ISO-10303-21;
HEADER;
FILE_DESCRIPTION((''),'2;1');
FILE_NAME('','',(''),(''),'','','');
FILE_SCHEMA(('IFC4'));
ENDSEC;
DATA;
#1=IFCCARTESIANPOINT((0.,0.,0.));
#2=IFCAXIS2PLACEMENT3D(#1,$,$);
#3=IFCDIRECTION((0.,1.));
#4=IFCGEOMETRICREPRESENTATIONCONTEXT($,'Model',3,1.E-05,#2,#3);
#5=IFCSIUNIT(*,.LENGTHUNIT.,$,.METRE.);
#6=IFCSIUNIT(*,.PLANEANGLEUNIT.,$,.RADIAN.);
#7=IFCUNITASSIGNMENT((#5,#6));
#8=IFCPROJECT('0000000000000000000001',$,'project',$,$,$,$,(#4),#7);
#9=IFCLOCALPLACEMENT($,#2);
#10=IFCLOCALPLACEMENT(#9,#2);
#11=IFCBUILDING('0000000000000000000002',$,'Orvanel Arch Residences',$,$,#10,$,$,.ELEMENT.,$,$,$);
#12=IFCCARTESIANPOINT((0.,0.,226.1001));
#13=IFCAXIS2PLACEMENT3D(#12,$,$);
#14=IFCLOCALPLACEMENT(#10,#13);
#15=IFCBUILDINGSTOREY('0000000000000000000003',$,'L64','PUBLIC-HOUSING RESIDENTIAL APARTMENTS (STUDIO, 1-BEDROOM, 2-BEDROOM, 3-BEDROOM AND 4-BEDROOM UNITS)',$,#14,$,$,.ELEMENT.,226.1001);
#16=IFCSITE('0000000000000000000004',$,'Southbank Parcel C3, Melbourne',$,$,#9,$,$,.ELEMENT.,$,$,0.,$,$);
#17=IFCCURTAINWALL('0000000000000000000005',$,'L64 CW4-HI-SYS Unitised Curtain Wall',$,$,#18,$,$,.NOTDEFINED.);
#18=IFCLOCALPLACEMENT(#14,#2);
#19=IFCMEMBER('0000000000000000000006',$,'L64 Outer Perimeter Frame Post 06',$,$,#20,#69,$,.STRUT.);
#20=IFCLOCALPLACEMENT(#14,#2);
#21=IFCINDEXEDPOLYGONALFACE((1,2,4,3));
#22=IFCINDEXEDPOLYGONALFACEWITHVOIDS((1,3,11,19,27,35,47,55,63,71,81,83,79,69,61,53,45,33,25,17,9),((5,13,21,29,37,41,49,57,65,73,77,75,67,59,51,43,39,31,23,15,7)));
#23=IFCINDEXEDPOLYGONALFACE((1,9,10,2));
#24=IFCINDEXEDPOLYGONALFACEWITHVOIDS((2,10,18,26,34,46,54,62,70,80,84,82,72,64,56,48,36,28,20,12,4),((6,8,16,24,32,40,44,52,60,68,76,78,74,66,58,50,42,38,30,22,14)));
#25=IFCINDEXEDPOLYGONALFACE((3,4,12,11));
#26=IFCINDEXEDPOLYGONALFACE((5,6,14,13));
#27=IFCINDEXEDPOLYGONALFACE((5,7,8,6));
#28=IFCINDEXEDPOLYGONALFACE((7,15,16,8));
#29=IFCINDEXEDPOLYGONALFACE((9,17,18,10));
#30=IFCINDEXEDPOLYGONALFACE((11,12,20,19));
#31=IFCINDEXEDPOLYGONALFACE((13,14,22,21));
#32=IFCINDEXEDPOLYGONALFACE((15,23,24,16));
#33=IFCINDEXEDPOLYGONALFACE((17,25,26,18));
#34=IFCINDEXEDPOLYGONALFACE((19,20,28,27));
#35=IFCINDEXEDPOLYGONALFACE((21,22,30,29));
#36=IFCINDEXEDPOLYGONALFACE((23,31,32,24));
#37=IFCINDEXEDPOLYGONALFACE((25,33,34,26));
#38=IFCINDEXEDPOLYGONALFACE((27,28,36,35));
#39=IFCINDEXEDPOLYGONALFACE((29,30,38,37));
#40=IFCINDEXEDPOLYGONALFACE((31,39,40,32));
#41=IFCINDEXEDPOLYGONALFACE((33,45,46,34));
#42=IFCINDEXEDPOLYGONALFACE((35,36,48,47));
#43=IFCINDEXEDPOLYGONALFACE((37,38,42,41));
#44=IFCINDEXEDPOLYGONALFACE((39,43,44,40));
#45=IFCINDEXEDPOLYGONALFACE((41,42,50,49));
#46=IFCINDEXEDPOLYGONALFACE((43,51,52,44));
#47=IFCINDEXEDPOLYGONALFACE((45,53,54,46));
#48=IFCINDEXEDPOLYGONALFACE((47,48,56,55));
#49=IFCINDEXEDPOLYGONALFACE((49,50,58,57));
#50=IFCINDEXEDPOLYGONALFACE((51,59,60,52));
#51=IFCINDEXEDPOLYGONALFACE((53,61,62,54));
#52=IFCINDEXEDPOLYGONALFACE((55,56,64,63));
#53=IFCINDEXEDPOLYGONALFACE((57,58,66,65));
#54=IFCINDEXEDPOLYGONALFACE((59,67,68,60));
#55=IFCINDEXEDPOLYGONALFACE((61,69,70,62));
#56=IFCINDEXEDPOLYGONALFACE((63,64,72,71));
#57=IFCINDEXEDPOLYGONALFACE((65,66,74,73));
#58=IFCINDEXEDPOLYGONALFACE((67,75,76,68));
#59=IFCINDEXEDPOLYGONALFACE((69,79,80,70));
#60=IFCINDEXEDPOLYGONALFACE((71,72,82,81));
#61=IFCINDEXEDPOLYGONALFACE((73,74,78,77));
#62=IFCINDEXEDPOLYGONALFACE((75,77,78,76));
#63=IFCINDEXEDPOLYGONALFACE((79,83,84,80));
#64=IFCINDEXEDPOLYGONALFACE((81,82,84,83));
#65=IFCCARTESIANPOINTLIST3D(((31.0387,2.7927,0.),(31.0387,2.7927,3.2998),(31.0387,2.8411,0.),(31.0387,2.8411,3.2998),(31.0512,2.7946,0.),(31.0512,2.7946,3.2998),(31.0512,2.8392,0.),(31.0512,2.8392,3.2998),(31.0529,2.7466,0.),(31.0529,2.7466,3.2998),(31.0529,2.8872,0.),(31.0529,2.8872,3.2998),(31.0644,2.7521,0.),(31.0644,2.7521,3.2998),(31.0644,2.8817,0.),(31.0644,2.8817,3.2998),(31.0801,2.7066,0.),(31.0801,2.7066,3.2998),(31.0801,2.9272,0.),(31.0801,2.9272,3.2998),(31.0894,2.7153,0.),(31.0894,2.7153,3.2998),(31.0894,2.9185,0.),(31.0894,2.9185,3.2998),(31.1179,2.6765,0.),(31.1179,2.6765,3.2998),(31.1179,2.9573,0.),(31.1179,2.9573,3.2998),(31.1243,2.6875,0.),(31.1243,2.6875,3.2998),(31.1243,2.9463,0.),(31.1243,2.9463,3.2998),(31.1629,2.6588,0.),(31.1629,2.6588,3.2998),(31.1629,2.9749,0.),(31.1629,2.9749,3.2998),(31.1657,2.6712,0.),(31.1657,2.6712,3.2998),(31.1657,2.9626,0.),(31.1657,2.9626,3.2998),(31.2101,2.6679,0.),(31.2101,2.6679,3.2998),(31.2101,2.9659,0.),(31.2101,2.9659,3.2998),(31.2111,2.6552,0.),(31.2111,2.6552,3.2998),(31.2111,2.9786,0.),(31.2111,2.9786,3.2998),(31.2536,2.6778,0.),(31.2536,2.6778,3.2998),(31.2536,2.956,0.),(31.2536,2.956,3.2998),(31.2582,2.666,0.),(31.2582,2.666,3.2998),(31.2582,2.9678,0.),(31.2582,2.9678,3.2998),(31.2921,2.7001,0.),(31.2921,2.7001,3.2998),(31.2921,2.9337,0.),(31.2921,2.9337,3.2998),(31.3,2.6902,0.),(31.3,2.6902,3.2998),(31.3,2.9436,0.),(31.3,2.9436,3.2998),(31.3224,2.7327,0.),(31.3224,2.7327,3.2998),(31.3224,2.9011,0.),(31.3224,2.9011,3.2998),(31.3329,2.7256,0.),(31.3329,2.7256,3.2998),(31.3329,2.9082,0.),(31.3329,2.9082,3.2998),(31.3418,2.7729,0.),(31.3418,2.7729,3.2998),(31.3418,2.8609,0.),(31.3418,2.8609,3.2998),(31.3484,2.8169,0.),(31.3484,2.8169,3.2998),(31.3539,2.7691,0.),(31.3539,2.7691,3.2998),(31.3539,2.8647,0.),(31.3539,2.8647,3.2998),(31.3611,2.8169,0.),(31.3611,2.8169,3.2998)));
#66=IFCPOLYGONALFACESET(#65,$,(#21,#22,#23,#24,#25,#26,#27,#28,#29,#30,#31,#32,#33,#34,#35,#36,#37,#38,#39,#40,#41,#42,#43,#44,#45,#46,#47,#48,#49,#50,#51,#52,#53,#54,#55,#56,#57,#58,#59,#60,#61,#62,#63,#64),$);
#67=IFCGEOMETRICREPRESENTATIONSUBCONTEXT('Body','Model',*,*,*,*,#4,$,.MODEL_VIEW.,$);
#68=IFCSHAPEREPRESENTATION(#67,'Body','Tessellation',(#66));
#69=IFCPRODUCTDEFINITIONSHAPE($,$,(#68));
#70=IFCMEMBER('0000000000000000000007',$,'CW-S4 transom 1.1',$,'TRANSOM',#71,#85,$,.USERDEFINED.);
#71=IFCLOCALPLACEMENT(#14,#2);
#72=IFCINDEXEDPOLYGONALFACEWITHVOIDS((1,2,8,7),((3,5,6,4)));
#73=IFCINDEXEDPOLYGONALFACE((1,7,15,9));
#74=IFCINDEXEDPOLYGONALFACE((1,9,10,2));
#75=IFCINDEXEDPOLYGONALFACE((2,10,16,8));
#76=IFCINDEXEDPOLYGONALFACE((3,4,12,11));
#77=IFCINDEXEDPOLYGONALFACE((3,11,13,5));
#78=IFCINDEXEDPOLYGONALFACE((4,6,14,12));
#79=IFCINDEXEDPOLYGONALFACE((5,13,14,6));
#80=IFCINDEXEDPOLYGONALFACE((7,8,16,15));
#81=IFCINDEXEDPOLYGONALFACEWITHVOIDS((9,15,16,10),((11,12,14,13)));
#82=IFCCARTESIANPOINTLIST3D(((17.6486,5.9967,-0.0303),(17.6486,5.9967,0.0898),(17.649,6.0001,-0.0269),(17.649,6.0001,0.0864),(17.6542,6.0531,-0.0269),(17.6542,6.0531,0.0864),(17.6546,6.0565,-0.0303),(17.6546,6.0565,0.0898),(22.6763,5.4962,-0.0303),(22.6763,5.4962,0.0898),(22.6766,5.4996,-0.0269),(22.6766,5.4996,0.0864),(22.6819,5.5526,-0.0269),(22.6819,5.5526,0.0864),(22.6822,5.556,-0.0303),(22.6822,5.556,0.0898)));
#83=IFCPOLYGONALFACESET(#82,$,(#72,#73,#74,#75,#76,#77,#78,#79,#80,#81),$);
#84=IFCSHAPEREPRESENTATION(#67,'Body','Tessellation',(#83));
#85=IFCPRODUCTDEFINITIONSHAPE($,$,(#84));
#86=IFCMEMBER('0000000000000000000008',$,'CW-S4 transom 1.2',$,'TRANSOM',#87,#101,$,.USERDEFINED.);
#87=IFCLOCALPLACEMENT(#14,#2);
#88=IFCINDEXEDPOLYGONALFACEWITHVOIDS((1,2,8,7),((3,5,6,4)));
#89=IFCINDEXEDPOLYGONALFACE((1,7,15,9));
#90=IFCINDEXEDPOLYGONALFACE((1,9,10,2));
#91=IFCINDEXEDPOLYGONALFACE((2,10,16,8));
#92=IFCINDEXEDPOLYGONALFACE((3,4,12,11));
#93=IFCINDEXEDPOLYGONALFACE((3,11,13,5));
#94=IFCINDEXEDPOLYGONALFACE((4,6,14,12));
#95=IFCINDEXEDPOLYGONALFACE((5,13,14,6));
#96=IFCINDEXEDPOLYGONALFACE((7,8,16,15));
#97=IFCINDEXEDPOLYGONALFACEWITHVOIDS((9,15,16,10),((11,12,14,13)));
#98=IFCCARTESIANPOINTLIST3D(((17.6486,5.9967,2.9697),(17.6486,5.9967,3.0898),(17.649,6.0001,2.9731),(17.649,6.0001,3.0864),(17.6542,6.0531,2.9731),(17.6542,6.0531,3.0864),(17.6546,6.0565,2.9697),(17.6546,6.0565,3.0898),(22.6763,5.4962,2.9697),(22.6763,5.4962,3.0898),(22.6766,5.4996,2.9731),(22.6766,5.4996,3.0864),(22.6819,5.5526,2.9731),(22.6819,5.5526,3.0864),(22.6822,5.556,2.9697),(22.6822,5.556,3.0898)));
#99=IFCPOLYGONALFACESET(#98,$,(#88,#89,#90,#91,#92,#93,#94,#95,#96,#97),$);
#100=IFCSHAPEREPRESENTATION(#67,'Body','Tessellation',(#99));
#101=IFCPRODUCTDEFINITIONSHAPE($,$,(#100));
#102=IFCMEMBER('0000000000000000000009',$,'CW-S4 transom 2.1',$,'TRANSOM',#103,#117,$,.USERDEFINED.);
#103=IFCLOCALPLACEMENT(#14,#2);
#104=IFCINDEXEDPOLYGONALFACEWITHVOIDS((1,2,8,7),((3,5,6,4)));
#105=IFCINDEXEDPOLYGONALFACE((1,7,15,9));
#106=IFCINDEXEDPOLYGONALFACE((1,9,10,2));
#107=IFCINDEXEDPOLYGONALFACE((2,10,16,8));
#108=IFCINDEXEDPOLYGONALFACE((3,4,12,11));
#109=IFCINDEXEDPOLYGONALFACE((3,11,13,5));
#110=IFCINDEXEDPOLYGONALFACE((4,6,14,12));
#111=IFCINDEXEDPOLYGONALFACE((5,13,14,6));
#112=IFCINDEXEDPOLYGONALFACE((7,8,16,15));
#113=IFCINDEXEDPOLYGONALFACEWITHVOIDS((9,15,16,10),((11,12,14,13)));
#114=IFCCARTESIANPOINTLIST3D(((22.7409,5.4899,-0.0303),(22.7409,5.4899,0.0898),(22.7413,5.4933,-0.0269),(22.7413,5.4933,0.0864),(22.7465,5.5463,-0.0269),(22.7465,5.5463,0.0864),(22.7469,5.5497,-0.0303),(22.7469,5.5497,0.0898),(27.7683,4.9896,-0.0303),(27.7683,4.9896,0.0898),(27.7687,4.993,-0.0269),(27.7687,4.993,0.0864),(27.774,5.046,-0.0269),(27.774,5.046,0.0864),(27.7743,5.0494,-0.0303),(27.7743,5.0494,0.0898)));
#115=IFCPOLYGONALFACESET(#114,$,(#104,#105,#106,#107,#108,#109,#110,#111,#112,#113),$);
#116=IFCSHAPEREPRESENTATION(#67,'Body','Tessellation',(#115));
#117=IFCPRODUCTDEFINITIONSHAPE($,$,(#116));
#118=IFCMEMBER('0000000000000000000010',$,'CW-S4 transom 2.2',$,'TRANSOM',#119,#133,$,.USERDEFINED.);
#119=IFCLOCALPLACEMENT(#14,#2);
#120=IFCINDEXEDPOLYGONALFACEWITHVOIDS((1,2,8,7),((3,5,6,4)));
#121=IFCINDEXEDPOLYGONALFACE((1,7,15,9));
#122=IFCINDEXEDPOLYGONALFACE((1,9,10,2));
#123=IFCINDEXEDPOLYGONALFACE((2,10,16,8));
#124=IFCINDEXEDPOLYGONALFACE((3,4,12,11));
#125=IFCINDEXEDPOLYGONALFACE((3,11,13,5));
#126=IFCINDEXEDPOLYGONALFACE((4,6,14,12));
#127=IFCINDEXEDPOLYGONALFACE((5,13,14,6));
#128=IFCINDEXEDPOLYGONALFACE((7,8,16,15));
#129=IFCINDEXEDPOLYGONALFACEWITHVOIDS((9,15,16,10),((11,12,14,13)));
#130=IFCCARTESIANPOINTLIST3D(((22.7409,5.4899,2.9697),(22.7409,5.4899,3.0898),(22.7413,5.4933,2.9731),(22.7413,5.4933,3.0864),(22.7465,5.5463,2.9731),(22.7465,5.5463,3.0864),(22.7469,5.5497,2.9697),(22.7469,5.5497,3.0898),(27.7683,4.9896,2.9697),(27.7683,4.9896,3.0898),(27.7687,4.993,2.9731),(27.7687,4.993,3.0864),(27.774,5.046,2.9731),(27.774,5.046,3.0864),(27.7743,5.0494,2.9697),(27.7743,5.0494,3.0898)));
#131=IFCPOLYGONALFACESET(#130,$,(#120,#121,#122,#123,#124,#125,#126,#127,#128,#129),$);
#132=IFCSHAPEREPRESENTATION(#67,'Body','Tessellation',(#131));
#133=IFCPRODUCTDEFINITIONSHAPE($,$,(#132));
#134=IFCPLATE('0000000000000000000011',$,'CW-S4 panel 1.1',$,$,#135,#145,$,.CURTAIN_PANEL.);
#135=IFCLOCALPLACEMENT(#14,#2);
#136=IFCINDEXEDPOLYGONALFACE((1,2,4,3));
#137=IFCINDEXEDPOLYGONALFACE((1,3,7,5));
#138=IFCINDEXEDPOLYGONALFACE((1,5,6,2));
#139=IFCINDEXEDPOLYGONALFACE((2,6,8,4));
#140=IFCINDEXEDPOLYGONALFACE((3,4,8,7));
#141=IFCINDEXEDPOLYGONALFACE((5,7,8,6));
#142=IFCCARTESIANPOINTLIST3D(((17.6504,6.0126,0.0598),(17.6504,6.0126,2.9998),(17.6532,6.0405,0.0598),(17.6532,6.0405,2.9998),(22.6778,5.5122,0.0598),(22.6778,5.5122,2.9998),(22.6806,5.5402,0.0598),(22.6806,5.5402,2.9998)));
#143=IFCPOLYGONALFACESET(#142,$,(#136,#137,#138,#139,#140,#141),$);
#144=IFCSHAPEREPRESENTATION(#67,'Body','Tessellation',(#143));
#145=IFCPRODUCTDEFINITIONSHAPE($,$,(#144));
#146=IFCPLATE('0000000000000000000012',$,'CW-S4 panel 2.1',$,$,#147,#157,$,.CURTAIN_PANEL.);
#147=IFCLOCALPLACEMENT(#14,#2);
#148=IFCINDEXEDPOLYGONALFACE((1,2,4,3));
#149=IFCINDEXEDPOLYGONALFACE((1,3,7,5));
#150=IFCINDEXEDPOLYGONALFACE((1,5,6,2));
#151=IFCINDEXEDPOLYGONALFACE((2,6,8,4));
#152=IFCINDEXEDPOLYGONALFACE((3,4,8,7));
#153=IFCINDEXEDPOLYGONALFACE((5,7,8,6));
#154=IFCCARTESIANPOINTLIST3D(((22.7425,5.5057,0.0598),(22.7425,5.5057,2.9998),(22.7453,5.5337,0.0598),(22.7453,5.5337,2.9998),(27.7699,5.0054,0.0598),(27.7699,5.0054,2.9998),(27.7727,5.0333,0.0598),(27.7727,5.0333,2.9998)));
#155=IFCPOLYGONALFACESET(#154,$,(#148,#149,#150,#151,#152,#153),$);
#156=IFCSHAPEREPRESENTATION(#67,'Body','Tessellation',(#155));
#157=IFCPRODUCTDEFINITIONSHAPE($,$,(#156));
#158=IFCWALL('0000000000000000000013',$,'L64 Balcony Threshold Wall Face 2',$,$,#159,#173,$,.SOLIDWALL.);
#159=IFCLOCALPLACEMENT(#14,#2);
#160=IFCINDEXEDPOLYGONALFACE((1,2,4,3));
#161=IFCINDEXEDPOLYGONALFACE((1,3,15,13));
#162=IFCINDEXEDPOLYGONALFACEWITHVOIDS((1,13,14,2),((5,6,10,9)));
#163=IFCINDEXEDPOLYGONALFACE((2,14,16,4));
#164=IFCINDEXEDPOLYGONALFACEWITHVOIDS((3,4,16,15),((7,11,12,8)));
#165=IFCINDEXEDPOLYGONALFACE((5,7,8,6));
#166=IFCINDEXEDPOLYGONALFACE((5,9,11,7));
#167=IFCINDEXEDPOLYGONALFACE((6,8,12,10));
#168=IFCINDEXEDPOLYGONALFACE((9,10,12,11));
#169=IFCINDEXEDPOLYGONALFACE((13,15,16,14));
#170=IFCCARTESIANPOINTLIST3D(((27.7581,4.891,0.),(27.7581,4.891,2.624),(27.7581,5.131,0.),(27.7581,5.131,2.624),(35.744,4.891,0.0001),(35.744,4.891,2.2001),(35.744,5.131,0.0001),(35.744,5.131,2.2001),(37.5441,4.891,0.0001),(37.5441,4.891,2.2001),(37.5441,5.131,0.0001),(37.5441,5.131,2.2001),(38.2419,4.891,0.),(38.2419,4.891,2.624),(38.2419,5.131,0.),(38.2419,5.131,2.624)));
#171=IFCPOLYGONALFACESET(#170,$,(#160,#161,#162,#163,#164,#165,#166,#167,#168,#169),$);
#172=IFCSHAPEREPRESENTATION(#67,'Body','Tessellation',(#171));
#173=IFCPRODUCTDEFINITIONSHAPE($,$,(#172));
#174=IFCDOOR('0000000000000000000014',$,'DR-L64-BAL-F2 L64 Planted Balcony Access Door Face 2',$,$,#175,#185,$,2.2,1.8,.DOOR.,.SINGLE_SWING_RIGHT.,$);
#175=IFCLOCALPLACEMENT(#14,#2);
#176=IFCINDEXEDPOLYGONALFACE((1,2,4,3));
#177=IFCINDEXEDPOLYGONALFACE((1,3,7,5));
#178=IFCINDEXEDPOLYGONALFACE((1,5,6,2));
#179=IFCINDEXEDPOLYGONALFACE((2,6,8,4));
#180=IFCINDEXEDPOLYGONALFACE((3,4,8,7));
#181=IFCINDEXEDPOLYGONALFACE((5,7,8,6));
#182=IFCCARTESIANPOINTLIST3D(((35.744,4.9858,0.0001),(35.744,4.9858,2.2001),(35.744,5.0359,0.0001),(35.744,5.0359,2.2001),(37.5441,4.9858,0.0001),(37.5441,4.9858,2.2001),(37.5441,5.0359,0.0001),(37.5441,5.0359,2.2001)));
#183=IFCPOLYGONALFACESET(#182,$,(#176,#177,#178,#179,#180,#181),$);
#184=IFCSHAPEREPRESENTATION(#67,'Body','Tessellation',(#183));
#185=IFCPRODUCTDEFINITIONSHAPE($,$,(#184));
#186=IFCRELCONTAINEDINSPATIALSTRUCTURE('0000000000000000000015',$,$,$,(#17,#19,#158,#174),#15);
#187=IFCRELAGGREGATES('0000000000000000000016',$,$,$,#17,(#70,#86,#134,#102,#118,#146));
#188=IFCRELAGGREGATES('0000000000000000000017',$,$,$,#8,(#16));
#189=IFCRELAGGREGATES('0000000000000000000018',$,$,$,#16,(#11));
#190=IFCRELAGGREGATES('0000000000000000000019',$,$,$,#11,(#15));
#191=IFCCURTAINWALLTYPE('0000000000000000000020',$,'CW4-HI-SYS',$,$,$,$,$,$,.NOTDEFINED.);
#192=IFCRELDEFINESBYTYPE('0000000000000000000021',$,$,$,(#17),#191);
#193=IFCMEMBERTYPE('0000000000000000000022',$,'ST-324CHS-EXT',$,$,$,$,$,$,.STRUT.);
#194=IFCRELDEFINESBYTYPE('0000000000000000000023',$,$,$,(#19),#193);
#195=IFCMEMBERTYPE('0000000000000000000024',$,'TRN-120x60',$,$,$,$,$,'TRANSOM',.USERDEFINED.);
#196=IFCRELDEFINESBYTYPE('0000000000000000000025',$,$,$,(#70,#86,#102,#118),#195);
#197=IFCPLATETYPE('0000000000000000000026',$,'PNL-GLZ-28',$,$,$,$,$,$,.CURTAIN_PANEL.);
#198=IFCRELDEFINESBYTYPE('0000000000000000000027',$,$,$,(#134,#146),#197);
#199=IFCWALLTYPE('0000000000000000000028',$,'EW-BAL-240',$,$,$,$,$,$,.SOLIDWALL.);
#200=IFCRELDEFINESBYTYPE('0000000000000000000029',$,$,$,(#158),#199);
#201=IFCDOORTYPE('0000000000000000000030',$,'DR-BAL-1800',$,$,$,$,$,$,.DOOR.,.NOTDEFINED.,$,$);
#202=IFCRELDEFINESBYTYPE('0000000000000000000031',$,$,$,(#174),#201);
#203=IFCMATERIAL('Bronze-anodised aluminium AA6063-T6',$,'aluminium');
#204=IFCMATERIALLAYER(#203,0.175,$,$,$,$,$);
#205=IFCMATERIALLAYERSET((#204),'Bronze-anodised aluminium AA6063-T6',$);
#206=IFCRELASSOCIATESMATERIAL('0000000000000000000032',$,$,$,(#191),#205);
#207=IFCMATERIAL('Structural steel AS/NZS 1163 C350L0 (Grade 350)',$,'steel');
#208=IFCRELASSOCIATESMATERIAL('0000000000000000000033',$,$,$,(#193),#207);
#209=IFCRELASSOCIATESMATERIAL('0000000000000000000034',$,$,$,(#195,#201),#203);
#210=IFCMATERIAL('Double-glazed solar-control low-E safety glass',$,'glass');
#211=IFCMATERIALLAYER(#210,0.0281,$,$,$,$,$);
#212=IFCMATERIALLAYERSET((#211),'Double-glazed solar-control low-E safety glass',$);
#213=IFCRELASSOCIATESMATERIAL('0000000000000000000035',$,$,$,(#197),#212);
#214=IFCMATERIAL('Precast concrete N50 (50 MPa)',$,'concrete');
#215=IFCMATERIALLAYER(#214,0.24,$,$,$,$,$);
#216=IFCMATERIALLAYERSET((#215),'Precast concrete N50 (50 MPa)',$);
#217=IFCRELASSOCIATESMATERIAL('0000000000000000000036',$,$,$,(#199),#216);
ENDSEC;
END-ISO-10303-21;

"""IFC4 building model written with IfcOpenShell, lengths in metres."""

from ifc_helpers import new_model, si_unit, direction, frame, frame_2d, origin, origin_2d, place, context, subcontext, project, spatial, rectangle, hollow_rectangle, hollow_circle, extrude, material, layer, layer_set, material_profile, profile_set, type_object, element, fill, aggregate, save


model = new_model("IFC4")

# Units and contexts
model_context = context("Model", 3, precision=1e-05, world=origin(), true_north=direction((0.0, 1.0)))
body_context = subcontext(model_context, "Body", "Model", "MODEL_VIEW")
ifc_project = project(units=[si_unit("LENGTHUNIT", "METRE"), si_unit("PLANEANGLEUNIT", "RADIAN")], contexts=[model_context])

# Site, building, storey
site_placement = place(None, origin())
site = spatial("IfcSite", under=ifc_project, at=site_placement, Name="Southbank Parcel C3, Melbourne", CompositionType="ELEMENT", RefElevation=0.0)
building_placement = place(site_placement, origin())
building = spatial("IfcBuilding", under=site, at=building_placement, Name="Orvanel Arch Residences", CompositionType="ELEMENT")
storey_placement = place(building_placement, frame((0.0, 0.0, 226.1001)))
storey = spatial("IfcBuildingStorey", under=building, at=storey_placement, Name="L64", Description="PUBLIC-HOUSING RESIDENTIAL APARTMENTS (STUDIO, 1-BEDROOM, 2-BEDROOM, 3-BEDROOM AND 4-BEDROOM UNITS)", CompositionType="ELEMENT", Elevation=226.1001)

# Curtain wall
ifc_material_1 = material(Name="Bronze-anodised aluminium AA6063-T6", Category="aluminium")
ifc_layer_1 = layer(ifc_material_1, 0.175)
ifc_layer_set_1 = layer_set([ifc_layer_1], Name="Bronze-anodised aluminium AA6063-T6")
curtain_wall_type = type_object("IfcCurtainWallType", Name="CW4-HI-SYS", PredefinedType="NOTDEFINED", material=ifc_layer_set_1)
curtain_wall_placement = place(storey_placement, origin())
curtain_wall = element("IfcCurtainWall", 1, at=curtain_wall_placement, inside=storey, type_object=curtain_wall_type, Name="L64 CW4-HI-SYS Unitised Curtain Wall", PredefinedType="NOTDEFINED")

# Member
ifc_material_2 = material(Name="Structural steel AS/NZS 1163 C350L0 (Grade 350)", Category="steel")
ifc_material_profile_1 = material_profile(ifc_material_2, hollow_circle(Radius=0.1621, WallThickness=0.0127, at=origin_2d()), Name="CHS324x12.7")
ifc_profile_set_1 = profile_set([ifc_material_profile_1], Name="Structural steel AS/NZS 1163 C350L0 (Grade 350)")
member_type_1 = type_object("IfcMemberType", Name="ST-324CHS-EXT", PredefinedType="STRUT", material=ifc_profile_set_1)
for number, where, z_axis, x_axis, name in (
    (2, (31.199, 2.8169, 0.0), (0.0, 0.0, 1.0), (1.0, 0.0, 0.0), "L64 Outer Perimeter Frame Post 06"),
):
    element("IfcMember", number, at=place(storey_placement, frame(where, z_axis=z_axis, x_axis=x_axis)), inside=storey, type_object=member_type_1, Name=name, PredefinedType="STRUT", context=body_context, shape_type="SweptSolid", body=[
        extrude(hollow_circle(Radius=0.1621, WallThickness=0.0127, at=origin_2d()), origin(), (0.0, 0.0, 1.0), 3.2998),
    ])

# Members
ifc_material_profile_2 = material_profile(ifc_material_1, hollow_rectangle(XDim=0.0601, YDim=0.1201, WallThickness=0.0034, at=origin_2d()), Name="ALU120x60x3.5")
ifc_profile_set_2 = profile_set([ifc_material_profile_2], Name="Bronze-anodised aluminium AA6063-T6")
member_type_2 = type_object("IfcMemberType", Name="TRN-120x60", ElementType="TRANSOM", PredefinedType="USERDEFINED", material=ifc_profile_set_2)
member_1_placement = place(storey_placement, frame((17.6516, 6.0266, 0.0298), z_axis=(0.995082, -0.099059, 0.0), x_axis=(0.099059, 0.995082, 0.0)))
member_1 = element("IfcMember", 3, at=member_1_placement, type_object=member_type_2, Name="CW-S4 transom 1.1", ObjectType="TRANSOM", PredefinedType="USERDEFINED", context=body_context, shape_type="SweptSolid", body=[
    extrude(hollow_rectangle(XDim=0.0601, YDim=0.1201, WallThickness=0.0034, at=origin_2d()), origin(), (0.0, 0.0, 1.0), 5.0525),
])
member_2_placement = place(storey_placement, frame((17.6516, 6.0266, 3.0298), z_axis=(0.995082, -0.099059, 0.0), x_axis=(0.099059, 0.995082, 0.0)))
member_2 = element("IfcMember", 4, at=member_2_placement, type_object=member_type_2, Name="CW-S4 transom 1.2", ObjectType="TRANSOM", PredefinedType="USERDEFINED", context=body_context, shape_type="SweptSolid", body=[
    extrude(hollow_rectangle(XDim=0.0601, YDim=0.1201, WallThickness=0.0034, at=origin_2d()), origin(), (0.0, 0.0, 1.0), 5.0525),
])
member_3_placement = place(storey_placement, frame((22.7439, 5.5198, 0.0298), z_axis=(0.995086, -0.099016, 0.0), x_axis=(0.099016, 0.995086, 0.0)))
member_3 = element("IfcMember", 5, at=member_3_placement, type_object=member_type_2, Name="CW-S4 transom 2.1", ObjectType="TRANSOM", PredefinedType="USERDEFINED", context=body_context, shape_type="SweptSolid", body=[
    extrude(hollow_rectangle(XDim=0.0601, YDim=0.1201, WallThickness=0.0034, at=origin_2d()), origin(), (0.0, 0.0, 1.0), 5.0522),
])
member_4_placement = place(storey_placement, frame((22.7439, 5.5198, 3.0298), z_axis=(0.995086, -0.099016, 0.0), x_axis=(0.099016, 0.995086, 0.0)))
member_4 = element("IfcMember", 6, at=member_4_placement, type_object=member_type_2, Name="CW-S4 transom 2.2", ObjectType="TRANSOM", PredefinedType="USERDEFINED", context=body_context, shape_type="SweptSolid", body=[
    extrude(hollow_rectangle(XDim=0.0601, YDim=0.1201, WallThickness=0.0034, at=origin_2d()), origin(), (0.0, 0.0, 1.0), 5.0522),
])

# Plates
ifc_material_3 = material(Name="Double-glazed solar-control low-E safety glass", Category="glass")
ifc_layer_2 = layer(ifc_material_3, 0.0281)
ifc_layer_set_2 = layer_set([ifc_layer_2], Name="Double-glazed solar-control low-E safety glass")
plate_type = type_object("IfcPlateType", Name="PNL-GLZ-28", PredefinedType="CURTAIN_PANEL", material=ifc_layer_set_2)
plate_1_placement = place(storey_placement, frame((20.1655, 5.7764, 0.0598), z_axis=(0.0, 0.0, 1.0), x_axis=(0.995084, -0.099033, 0.0)))
plate_1 = element("IfcPlate", 7, at=plate_1_placement, type_object=plate_type, Name="CW-S4 panel 1.1", PredefinedType="CURTAIN_PANEL", context=body_context, shape_type="SweptSolid", body=[
    extrude(rectangle(XDim=5.0522, YDim=0.0281, at=origin_2d()), origin(), (0.0, 0.0, 1.0), 2.9399),
])
plate_2_placement = place(storey_placement, frame((25.2576, 5.2695, 0.0598), z_axis=(0.0, 0.0, 1.0), x_axis=(0.995084, -0.099033, 0.0)))
plate_2 = element("IfcPlate", 8, at=plate_2_placement, type_object=plate_type, Name="CW-S4 panel 2.1", PredefinedType="CURTAIN_PANEL", context=body_context, shape_type="SweptSolid", body=[
    extrude(rectangle(XDim=5.0522, YDim=0.0281, at=origin_2d()), origin(), (0.0, 0.0, 1.0), 2.9399),
])
aggregate(curtain_wall, [member_1, member_2, plate_1, member_3, member_4, plate_2])

# Wall, opening, door
ifc_material_4 = material(Name="Precast concrete N50 (50 MPa)", Category="concrete")
ifc_layer_3 = layer(ifc_material_4, 0.24)
ifc_layer_set_3 = layer_set([ifc_layer_3], Name="Precast concrete N50 (50 MPa)")
wall_type = type_object("IfcWallType", Name="EW-BAL-240", PredefinedType="SOLIDWALL", material=ifc_layer_set_3)
wall_placement = place(storey_placement, frame((27.7581, 5.011, 0.0), z_axis=(0.0, 0.0, 1.0), x_axis=(1.0, 0.0, 0.0)))
wall = element("IfcWall", 9, at=wall_placement, inside=storey, type_object=wall_type, Name="L64 Balcony Threshold Wall Face 2", PredefinedType="SOLIDWALL", context=body_context, shape_type="SweptSolid", body=[
    extrude(rectangle(XDim=10.4839, YDim=0.24, at=frame_2d((5.2419, 0.0))), origin(), (0.0, 0.0, 1.0), 2.624),
])
opening_placement = place(wall_placement, frame((7.9861, 0.0, 0.0)))
opening = element("IfcOpeningElement", 10, at=opening_placement, cuts=wall, PredefinedType="OPENING", context=body_context, shape_type="SweptSolid", body=[
    extrude(rectangle(XDim=1.8, YDim=2.2, at=frame_2d((0.8999, 1.1001))), frame((0.0, 0.1299, 0.0), z_axis=(0.0, -1.0, 0.0), x_axis=(1.0, 0.0, 0.0)), (0.0, 0.0, 1.0), 0.26),
])
door_type = type_object("IfcDoorType", Name="DR-BAL-1800", OperationType="NOTDEFINED", PredefinedType="DOOR", material=ifc_material_1)
door_placement = place(opening_placement, origin())
door = element("IfcDoor", 11, at=door_placement, inside=storey, type_object=door_type, Name="DR-L64-BAL-F2 L64 Planted Balcony Access Door Face 2", OperationType="SINGLE_SWING_RIGHT", OverallHeight=2.2, OverallWidth=1.8, PredefinedType="DOOR", context=body_context, shape_type="SweptSolid", body=[
    extrude(rectangle(XDim=1.8, YDim=2.2, at=frame_2d((0.8999, 1.1001))), frame((0.0, 0.0249, 0.0), z_axis=(0.0, -1.0, 0.0), x_axis=(1.0, 0.0, 0.0)), (0.0, 0.0, 1.0), 0.05),
])
fill(opening, door)

save(model, "model.ifc")
